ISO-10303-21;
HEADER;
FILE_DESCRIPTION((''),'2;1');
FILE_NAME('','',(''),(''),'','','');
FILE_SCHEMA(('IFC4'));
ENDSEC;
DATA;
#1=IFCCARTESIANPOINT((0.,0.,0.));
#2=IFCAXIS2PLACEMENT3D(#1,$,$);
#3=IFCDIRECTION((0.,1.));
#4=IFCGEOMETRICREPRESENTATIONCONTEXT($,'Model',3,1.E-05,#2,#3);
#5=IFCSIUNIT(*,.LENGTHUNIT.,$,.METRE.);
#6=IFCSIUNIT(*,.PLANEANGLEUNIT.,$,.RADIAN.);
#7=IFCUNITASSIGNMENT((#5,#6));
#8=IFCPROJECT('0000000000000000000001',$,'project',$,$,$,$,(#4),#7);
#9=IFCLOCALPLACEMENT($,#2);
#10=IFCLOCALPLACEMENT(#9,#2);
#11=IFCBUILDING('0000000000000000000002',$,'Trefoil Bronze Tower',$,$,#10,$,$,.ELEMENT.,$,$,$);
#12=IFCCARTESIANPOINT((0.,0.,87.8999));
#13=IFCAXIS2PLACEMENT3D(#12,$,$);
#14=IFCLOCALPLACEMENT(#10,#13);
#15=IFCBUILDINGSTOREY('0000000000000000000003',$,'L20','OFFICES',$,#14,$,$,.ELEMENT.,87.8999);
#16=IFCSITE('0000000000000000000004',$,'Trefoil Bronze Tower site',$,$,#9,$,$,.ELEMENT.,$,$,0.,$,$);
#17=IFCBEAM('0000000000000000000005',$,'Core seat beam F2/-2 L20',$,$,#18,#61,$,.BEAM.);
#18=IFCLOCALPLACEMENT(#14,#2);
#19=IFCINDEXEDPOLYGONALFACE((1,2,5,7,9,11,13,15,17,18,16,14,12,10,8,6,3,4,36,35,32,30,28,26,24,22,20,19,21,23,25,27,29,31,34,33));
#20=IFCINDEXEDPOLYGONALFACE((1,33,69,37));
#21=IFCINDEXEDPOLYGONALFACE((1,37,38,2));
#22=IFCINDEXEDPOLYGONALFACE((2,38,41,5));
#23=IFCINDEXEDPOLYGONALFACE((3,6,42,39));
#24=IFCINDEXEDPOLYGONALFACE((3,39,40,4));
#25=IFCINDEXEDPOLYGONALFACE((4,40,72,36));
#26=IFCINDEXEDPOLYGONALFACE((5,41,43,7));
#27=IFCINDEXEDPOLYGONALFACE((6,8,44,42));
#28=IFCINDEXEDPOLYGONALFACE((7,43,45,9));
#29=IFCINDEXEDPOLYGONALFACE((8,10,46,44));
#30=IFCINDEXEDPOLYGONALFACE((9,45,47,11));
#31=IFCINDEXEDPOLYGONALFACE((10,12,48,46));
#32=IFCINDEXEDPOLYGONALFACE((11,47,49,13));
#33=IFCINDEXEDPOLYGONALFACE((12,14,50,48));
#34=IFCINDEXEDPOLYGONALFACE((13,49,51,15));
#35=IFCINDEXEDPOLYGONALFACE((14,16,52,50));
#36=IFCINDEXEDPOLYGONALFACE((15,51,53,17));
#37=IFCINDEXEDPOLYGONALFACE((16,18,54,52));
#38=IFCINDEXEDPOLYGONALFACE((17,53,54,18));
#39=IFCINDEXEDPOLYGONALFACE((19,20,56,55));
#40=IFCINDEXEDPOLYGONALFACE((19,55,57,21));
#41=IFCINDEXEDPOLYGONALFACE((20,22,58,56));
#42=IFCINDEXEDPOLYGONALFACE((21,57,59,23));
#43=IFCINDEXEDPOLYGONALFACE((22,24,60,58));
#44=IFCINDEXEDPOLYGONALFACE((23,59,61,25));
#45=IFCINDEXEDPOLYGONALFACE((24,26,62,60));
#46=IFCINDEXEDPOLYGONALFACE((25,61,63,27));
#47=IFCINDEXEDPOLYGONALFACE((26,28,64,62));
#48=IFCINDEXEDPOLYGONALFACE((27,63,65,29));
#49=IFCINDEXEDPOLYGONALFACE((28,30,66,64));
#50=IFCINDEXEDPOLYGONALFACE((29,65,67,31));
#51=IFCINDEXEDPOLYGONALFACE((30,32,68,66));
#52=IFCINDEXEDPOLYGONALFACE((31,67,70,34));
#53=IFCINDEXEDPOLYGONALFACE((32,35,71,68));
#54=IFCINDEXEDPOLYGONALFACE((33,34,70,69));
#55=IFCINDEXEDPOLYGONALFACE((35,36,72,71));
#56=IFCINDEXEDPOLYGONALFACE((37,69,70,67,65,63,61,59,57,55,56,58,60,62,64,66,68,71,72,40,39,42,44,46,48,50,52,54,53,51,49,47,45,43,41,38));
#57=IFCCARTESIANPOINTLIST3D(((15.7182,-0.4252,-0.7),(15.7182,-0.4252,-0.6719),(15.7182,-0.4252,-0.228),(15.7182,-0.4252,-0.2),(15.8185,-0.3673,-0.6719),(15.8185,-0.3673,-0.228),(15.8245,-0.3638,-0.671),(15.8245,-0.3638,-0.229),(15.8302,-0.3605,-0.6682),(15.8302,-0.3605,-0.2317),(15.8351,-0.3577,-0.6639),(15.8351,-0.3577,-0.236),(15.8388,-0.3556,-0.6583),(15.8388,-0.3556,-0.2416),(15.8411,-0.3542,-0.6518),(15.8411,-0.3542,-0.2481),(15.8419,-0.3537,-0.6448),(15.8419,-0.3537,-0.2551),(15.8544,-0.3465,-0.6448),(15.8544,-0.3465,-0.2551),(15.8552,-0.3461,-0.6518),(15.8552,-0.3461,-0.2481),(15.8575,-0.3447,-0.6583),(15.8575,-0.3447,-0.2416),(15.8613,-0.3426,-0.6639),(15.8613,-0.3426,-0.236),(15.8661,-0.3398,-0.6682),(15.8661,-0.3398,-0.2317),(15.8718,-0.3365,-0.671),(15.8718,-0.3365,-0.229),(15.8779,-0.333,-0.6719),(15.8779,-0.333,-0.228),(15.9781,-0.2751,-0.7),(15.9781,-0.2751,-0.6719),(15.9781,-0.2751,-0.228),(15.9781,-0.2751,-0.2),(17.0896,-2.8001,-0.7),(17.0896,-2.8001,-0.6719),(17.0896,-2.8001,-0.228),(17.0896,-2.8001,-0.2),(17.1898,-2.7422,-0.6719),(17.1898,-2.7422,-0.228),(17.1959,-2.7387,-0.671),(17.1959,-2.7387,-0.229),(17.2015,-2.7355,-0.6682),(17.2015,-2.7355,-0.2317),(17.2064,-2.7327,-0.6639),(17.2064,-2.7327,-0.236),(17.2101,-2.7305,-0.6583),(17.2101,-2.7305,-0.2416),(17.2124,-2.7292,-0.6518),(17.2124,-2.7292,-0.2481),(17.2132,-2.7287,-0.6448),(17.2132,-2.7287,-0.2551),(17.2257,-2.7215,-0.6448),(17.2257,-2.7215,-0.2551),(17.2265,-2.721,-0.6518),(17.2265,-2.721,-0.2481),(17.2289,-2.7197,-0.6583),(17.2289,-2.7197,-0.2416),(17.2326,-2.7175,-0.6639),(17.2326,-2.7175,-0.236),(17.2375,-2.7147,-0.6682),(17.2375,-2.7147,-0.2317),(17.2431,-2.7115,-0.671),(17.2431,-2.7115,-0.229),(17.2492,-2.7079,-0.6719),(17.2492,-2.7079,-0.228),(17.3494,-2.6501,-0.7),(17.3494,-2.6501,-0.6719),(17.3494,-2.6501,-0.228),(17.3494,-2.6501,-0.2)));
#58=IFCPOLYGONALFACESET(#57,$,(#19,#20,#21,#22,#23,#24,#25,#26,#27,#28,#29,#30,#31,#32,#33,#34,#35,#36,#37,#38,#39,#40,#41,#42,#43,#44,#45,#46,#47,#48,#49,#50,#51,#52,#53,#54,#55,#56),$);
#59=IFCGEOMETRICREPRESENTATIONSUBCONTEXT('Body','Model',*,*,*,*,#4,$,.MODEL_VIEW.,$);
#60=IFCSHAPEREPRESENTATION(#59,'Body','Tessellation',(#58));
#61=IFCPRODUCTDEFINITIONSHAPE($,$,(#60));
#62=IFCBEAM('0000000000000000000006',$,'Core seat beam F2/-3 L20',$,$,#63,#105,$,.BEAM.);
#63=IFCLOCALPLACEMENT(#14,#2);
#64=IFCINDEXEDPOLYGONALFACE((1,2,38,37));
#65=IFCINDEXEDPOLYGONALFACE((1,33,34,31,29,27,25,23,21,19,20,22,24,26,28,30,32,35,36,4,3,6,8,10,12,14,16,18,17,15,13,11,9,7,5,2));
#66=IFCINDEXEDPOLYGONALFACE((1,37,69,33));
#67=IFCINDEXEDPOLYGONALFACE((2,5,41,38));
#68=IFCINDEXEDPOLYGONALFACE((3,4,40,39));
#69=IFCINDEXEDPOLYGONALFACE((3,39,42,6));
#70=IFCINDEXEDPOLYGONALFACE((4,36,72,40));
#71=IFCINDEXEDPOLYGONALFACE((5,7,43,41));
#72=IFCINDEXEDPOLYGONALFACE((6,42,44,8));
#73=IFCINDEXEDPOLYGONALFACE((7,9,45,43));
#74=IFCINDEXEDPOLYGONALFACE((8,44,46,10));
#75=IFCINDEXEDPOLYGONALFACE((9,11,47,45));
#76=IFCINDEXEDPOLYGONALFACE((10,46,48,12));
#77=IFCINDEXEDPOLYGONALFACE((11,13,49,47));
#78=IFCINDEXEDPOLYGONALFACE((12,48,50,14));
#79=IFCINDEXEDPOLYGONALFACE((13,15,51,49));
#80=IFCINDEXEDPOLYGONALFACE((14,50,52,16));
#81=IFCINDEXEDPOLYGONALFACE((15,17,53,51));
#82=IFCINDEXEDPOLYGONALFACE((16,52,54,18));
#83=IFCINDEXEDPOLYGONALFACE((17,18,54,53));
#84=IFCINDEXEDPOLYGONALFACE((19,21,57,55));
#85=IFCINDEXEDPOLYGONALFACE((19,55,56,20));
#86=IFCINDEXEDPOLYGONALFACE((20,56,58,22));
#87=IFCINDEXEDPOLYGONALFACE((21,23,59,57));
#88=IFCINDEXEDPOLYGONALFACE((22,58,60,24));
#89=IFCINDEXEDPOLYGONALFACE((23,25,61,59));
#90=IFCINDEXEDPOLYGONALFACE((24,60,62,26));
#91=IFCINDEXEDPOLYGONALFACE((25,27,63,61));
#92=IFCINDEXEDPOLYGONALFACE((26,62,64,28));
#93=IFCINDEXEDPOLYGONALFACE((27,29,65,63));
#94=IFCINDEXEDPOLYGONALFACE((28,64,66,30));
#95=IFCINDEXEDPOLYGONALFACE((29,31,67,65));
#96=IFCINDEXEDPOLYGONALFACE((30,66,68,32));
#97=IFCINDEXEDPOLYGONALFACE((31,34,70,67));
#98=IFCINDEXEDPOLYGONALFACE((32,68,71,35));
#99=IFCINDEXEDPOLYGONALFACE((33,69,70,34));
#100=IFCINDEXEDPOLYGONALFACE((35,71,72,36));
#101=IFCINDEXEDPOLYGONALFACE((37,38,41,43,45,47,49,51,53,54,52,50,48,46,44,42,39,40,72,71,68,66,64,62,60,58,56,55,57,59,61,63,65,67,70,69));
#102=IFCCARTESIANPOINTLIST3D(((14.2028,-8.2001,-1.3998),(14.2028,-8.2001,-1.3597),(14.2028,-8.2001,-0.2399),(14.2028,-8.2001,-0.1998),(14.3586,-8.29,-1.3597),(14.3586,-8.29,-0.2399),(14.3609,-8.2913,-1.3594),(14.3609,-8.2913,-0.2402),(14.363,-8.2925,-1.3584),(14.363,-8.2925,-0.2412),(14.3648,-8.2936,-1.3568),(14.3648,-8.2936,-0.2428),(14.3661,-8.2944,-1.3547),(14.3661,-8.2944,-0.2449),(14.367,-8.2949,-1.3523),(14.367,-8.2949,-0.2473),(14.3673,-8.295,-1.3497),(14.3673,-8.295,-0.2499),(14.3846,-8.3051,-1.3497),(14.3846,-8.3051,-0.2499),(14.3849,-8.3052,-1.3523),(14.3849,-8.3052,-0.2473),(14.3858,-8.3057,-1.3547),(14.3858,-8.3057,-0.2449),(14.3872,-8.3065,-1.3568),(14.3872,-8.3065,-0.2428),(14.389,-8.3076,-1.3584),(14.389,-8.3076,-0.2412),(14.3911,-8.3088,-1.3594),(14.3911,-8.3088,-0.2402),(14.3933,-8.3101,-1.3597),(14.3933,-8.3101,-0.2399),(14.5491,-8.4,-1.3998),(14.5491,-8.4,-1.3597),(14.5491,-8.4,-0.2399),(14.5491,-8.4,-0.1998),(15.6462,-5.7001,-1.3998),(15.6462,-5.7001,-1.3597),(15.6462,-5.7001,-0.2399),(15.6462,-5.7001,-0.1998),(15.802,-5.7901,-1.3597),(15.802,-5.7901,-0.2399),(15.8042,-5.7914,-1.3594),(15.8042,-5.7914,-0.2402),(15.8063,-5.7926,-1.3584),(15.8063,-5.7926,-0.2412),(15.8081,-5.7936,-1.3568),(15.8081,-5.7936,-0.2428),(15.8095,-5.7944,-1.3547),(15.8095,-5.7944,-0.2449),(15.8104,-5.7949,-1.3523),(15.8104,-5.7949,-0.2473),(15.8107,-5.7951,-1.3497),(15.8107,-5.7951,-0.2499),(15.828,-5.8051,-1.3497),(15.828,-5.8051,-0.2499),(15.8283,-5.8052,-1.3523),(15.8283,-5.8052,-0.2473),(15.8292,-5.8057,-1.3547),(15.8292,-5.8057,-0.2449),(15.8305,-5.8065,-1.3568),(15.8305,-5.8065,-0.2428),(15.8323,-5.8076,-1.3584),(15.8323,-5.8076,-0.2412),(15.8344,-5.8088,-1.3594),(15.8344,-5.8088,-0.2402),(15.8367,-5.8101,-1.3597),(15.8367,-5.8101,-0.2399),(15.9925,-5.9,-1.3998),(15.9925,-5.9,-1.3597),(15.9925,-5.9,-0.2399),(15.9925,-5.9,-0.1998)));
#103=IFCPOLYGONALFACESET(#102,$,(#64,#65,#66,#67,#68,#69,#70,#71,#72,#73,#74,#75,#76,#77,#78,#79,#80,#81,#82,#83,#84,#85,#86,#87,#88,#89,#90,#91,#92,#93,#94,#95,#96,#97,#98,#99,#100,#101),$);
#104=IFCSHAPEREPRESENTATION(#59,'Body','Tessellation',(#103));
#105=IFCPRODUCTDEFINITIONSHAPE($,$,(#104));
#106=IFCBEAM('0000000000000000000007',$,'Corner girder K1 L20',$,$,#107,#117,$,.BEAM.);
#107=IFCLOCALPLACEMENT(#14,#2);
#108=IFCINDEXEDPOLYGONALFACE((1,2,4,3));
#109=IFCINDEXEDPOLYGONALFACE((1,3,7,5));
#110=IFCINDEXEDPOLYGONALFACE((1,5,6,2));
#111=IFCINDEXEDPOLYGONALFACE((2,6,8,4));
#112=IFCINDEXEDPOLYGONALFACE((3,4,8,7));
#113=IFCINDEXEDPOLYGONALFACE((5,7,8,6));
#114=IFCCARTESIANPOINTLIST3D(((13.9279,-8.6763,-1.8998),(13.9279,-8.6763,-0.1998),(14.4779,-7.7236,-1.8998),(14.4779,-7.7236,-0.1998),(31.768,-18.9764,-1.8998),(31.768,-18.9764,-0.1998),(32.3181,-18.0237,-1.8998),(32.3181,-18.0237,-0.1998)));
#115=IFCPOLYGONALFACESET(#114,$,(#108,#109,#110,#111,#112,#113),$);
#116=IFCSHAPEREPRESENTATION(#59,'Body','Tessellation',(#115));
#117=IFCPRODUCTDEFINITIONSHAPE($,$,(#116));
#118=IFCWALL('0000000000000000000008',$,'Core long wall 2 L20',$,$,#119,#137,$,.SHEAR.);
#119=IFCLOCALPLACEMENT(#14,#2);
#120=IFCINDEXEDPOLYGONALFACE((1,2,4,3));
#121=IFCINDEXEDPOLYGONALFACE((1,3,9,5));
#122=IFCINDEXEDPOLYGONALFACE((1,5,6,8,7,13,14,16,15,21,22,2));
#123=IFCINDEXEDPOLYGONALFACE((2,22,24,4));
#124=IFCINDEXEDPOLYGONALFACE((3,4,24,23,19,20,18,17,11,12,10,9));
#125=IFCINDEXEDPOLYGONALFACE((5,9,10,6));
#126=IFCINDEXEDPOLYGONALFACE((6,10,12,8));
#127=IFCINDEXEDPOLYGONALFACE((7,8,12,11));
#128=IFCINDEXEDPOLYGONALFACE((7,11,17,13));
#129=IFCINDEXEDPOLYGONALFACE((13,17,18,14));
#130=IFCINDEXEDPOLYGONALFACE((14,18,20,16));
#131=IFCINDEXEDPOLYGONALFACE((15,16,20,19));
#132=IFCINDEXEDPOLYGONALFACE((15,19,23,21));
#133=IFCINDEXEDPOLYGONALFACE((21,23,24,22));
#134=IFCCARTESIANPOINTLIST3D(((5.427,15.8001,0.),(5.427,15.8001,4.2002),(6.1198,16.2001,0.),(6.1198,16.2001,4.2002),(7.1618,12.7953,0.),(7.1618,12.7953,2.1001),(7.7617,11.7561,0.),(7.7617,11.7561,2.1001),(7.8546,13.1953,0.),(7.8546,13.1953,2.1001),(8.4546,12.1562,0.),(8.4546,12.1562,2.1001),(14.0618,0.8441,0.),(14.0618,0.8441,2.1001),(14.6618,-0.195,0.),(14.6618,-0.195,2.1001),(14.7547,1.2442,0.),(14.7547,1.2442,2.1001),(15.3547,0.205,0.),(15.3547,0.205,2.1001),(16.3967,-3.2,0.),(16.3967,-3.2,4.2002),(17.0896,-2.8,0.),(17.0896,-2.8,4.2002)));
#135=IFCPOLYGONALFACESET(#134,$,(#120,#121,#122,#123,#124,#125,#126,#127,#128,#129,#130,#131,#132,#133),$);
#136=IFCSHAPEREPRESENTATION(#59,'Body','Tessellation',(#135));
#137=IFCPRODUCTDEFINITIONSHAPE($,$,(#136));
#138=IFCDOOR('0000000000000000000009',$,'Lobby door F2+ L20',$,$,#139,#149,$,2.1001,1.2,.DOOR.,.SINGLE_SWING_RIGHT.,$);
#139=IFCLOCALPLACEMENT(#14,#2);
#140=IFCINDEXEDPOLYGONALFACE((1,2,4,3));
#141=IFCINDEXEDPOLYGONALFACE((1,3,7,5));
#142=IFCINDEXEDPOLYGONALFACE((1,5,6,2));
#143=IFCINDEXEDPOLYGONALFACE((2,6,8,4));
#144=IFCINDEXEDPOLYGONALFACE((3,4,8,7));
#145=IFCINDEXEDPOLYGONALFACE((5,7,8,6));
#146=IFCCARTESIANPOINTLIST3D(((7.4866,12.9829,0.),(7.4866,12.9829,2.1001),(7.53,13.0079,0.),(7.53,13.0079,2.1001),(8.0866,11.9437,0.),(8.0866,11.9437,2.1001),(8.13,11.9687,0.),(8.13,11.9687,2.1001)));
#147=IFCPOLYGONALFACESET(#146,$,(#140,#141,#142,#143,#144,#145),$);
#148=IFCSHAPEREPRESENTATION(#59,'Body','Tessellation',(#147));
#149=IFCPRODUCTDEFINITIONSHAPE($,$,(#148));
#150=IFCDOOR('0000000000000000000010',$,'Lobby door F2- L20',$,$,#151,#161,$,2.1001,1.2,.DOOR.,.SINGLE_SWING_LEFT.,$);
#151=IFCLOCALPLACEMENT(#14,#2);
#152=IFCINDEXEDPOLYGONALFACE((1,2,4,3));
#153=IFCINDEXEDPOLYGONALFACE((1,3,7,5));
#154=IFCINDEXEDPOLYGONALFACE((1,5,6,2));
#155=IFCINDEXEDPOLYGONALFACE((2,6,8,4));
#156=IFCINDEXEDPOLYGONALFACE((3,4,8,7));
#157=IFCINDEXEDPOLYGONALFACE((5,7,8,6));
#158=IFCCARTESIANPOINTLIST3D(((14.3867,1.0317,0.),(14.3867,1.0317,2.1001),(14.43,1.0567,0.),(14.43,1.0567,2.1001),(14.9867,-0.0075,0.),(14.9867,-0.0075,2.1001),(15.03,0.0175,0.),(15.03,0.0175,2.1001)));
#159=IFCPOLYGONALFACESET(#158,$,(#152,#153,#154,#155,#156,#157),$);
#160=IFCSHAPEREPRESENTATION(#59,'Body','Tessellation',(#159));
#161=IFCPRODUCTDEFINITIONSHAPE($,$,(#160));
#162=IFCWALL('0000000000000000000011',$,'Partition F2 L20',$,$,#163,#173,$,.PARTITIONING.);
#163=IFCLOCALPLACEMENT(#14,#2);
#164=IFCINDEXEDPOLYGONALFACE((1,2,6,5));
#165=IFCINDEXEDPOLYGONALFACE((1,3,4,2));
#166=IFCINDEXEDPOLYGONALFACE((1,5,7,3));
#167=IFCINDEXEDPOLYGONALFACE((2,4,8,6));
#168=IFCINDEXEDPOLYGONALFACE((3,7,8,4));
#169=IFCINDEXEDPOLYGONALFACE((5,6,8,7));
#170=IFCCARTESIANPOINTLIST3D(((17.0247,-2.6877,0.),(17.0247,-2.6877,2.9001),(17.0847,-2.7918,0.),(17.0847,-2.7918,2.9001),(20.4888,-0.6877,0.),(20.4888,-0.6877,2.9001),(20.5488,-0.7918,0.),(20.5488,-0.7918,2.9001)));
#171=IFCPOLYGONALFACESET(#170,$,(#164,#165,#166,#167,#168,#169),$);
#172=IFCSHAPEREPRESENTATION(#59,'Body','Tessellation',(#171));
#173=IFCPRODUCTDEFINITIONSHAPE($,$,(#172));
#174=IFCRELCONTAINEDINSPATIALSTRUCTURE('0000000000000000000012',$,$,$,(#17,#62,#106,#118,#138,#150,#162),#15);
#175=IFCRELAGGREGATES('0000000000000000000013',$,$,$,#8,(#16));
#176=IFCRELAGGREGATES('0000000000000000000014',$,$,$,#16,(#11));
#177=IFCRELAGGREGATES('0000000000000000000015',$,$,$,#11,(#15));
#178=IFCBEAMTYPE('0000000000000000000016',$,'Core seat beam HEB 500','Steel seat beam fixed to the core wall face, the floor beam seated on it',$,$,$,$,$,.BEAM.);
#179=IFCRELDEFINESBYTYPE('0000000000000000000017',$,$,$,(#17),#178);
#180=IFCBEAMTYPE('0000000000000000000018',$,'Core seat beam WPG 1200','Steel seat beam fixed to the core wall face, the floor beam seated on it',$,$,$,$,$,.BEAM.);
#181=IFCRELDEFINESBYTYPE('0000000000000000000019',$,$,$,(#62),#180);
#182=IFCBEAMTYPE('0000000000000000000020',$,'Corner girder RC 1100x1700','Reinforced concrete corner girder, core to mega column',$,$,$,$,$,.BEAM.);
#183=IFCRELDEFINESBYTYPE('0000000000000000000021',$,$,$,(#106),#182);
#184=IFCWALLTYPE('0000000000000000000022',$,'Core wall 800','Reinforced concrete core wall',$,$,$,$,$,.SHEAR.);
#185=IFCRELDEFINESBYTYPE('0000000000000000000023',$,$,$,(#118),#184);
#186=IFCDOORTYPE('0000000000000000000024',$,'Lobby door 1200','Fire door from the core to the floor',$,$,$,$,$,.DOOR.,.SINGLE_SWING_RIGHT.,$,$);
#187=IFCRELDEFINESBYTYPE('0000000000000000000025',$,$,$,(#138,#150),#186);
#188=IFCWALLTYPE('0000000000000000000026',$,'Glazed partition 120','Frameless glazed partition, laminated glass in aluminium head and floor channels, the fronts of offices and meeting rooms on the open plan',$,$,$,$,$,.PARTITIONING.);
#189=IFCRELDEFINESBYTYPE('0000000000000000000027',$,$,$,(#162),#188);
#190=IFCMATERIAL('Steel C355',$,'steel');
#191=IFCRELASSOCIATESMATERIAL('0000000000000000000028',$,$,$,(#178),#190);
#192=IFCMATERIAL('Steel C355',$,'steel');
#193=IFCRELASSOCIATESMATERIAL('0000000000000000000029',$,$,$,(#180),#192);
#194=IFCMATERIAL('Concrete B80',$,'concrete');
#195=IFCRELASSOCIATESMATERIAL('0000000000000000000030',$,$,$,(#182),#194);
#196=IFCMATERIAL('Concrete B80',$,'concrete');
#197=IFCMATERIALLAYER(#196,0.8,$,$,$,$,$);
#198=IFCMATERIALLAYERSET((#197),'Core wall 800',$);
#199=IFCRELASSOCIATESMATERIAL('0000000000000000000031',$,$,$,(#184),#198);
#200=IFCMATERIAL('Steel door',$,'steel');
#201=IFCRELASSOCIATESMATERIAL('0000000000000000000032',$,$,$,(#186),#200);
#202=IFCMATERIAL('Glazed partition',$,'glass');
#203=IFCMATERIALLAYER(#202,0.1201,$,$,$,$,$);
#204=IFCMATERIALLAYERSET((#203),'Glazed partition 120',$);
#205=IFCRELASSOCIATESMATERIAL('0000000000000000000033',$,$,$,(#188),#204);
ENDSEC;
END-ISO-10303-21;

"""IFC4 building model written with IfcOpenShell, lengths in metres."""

from ifc_helpers import new_model, si_unit, direction, frame, frame_2d, origin, origin_2d, place, context, subcontext, project, spatial, rectangle, i_section, extrude, material, layer, layer_set, material_profile, profile_set, type_object, element, fill, save


model = new_model("IFC4")

# Units and contexts
model_context = context("Model", 3, precision=1e-05, world=origin(), true_north=direction((0.0, 1.0)))
body_context = subcontext(model_context, "Body", "Model", "MODEL_VIEW")
ifc_project = project(units=[si_unit("LENGTHUNIT", "METRE"), si_unit("PLANEANGLEUNIT", "RADIAN")], contexts=[model_context])

# Site, building, storey
site_placement = place(None, origin())
site = spatial("IfcSite", under=ifc_project, at=site_placement, Name="Trefoil Bronze Tower site", CompositionType="ELEMENT", RefElevation=0.0)
building_placement = place(site_placement, origin())
building = spatial("IfcBuilding", under=site, at=building_placement, Name="Trefoil Bronze Tower", CompositionType="ELEMENT")
storey_placement = place(building_placement, frame((0.0, 0.0, 87.8999)))
storey = spatial("IfcBuildingStorey", under=building, at=storey_placement, Name="L20", Description="OFFICES", CompositionType="ELEMENT", Elevation=87.8999)

# Beams
ifc_material_1 = material(Name="Steel C355", Category="steel")
ifc_material_profile_1 = material_profile(ifc_material_1, i_section(OverallWidth=0.3, OverallDepth=0.5, WebThickness=0.0144, FlangeThickness=0.0281, FilletRadius=0.0271, at=origin_2d()), Name="HEB 500")
ifc_profile_set_1 = profile_set([ifc_material_profile_1], Name="Steel C355")
beam_type_1 = type_object("IfcBeamType", Name="Core seat beam HEB 500", Description="Steel seat beam fixed to the core wall face, the floor beam seated on it", PredefinedType="BEAM", material=ifc_profile_set_1)
beam_1_placement = place(storey_placement, frame((17.2195, -2.7251, -0.45), z_axis=(-0.500036, 0.866005, 0.0), x_axis=(-0.866005, -0.500036, 0.0)))
element("IfcBeam", 1, at=beam_1_placement, inside=storey, type_object=beam_type_1, Name="Core seat beam F2/-2 L20", PredefinedType="BEAM", context=body_context, shape_type="SweptSolid", body=[
    extrude(i_section(OverallWidth=0.3, OverallDepth=0.5, WebThickness=0.0144, FlangeThickness=0.0281, FilletRadius=0.0271, at=origin_2d()), origin(), (0.0, 0.0, 1.0), 2.7424),
])
ifc_material_2 = material(Name="Steel C355", Category="steel")
ifc_material_profile_2 = material_profile(ifc_material_2, i_section(OverallWidth=0.3999, OverallDepth=1.2, WebThickness=0.02, FlangeThickness=0.04, FilletRadius=0.01, at=origin_2d()), Name="WPG 1200")
ifc_profile_set_2 = profile_set([ifc_material_profile_2], Name="Steel C355")
beam_type_2 = type_object("IfcBeamType", Name="Core seat beam WPG 1200", Description="Steel seat beam fixed to the core wall face, the floor beam seated on it", PredefinedType="BEAM", material=ifc_profile_set_2)
beam_2_placement = place(storey_placement, frame((14.376, -8.3, -0.7998), z_axis=(0.499996, 0.866028, 0.0), x_axis=(-0.866028, 0.499996, 0.0)))
element("IfcBeam", 2, at=beam_2_placement, inside=storey, type_object=beam_type_2, Name="Core seat beam F2/-3 L20", PredefinedType="BEAM", context=body_context, shape_type="SweptSolid", body=[
    extrude(i_section(OverallWidth=0.3999, OverallDepth=1.2, WebThickness=0.02, FlangeThickness=0.04, FilletRadius=0.01, at=origin_2d()), origin(), (0.0, 0.0, 1.0), 2.8867),
])
ifc_material_3 = material(Name="Concrete B80", Category="concrete")
ifc_material_profile_3 = material_profile(ifc_material_3, rectangle(XDim=1.1001, YDim=1.7, at=origin_2d()), Name="RC 1100x1700")
ifc_profile_set_3 = profile_set([ifc_material_profile_3], Name="Concrete B80")
beam_type_3 = type_object("IfcBeamType", Name="Corner girder RC 1100x1700", Description="Reinforced concrete corner girder, core to mega column", PredefinedType="BEAM", material=ifc_profile_set_3)
beam_3_placement = place(storey_placement, frame((14.2029, -8.2, -1.0498), z_axis=(0.866024, -0.500003, 0.0), x_axis=(0.500003, 0.866024, 0.0)))
element("IfcBeam", 3, at=beam_3_placement, inside=storey, type_object=beam_type_3, Name="Corner girder K1 L20", PredefinedType="BEAM", context=body_context, shape_type="SweptSolid", body=[
    extrude(rectangle(XDim=1.1001, YDim=1.7, at=origin_2d()), origin(), (0.0, 0.0, 1.0), 20.6001),
])

# Wall, openings, doors
ifc_material_4 = material(Name="Concrete B80", Category="concrete")
ifc_layer_1 = layer(ifc_material_4, 0.8)
ifc_layer_set_1 = layer_set([ifc_layer_1], Name="Core wall 800")
wall_type_1 = type_object("IfcWallType", Name="Core wall 800", Description="Reinforced concrete core wall", PredefinedType="SHEAR", material=ifc_layer_set_1)
wall_1_placement = place(storey_placement, frame((16.7432, -3.0, 0.0), z_axis=(0.0, 0.0, 1.0), x_axis=(-0.500002, 0.866024, 0.0)))
wall_1 = element("IfcWall", 4, at=wall_1_placement, inside=storey, type_object=wall_type_1, Name="Core long wall 2 L20", PredefinedType="SHEAR", context=body_context, shape_type="SweptSolid", body=[
    extrude(rectangle(XDim=21.9395, YDim=0.8, at=frame_2d((10.9697, 0.0))), origin(), (0.0, 0.0, 1.0), 4.2002),
])
opening_1_placement = place(wall_1_placement, frame((17.2698, 0.0, 0.0)))
opening_1 = element("IfcOpeningElement", 5, at=opening_1_placement, cuts=wall_1, PredefinedType="OPENING", context=body_context, shape_type="SweptSolid", body=[
    extrude(rectangle(XDim=1.2, YDim=2.1001, at=frame_2d((0.6001, 1.05))), frame((0.0, 0.4099, 0.0), z_axis=(0.0, -1.0, 0.0), x_axis=(1.0, 0.0, 0.0)), (0.0, 0.0, 1.0), 0.8201),
])
opening_2_placement = place(wall_1_placement, frame((3.4697, 0.0, 0.0)))
opening_2 = element("IfcOpeningElement", 6, at=opening_2_placement, cuts=wall_1, PredefinedType="OPENING", context=body_context, shape_type="SweptSolid", body=[
    extrude(rectangle(XDim=1.2, YDim=2.1001, at=frame_2d((0.6001, 1.05))), frame((0.0, 0.4099, 0.0), z_axis=(0.0, -1.0, 0.0), x_axis=(1.0, 0.0, 0.0)), (0.0, 0.0, 1.0), 0.8201),
])
ifc_material_5 = material(Name="Steel door", Category="steel")
door_type_1 = type_object("IfcDoorType", Name="Lobby door 1200", Description="Fire door from the core to the floor", OperationType="SINGLE_SWING_RIGHT", PredefinedType="DOOR", material=ifc_material_5)
door_1_placement = place(opening_1_placement, origin())
door_1 = element("IfcDoor", 7, at=door_1_placement, inside=storey, type_object=door_type_1, Name="Lobby door F2+ L20", OperationType="SINGLE_SWING_RIGHT", OverallHeight=2.1001, OverallWidth=1.2, PredefinedType="DOOR", context=body_context, shape_type="SweptSolid", body=[
    extrude(rectangle(XDim=1.2, YDim=2.1001, at=frame_2d((0.6001, 1.05))), frame((0.0, 0.0249, 0.0), z_axis=(0.0, -1.0, 0.0), x_axis=(1.0, 0.0, 0.0)), (0.0, 0.0, 1.0), 0.05),
])
fill(opening_1, door_1)
door_2_placement = place(opening_2_placement, origin())
door_2 = element("IfcDoor", 8, at=door_2_placement, inside=storey, type_object=door_type_1, Name="Lobby door F2- L20", OperationType="SINGLE_SWING_LEFT", OverallHeight=2.1001, OverallWidth=1.2, PredefinedType="DOOR", context=body_context, shape_type="SweptSolid", body=[
    extrude(rectangle(XDim=1.2, YDim=2.1001, at=frame_2d((0.6001, 1.05))), frame((0.0, 0.0249, 0.0), z_axis=(0.0, -1.0, 0.0), x_axis=(1.0, 0.0, 0.0)), (0.0, 0.0, 1.0), 0.05),
])
fill(opening_2, door_2)

# Wall
ifc_material_6 = material(Name="Glazed partition", Category="glass")
ifc_layer_2 = layer(ifc_material_6, 0.1201)
ifc_layer_set_2 = layer_set([ifc_layer_2], Name="Glazed partition 120")
wall_type_2 = type_object("IfcWallType", Name="Glazed partition 120", Description="Frameless glazed partition, laminated glass in aluminium head and floor channels, the fronts of offices and meeting rooms on the open plan", PredefinedType="PARTITIONING", material=ifc_layer_set_2)
for number, where, z_axis, x_axis, name in (
    (9, (17.0547, -2.7397, 0.0), (0.0, 0.0, 1.0), (0.866026, 0.499999, 0.0), "Partition F2 L20"),
):
    element("IfcWall", number, at=place(storey_placement, frame(where, z_axis=z_axis, x_axis=x_axis)), inside=storey, type_object=wall_type_2, Name=name, PredefinedType="PARTITIONING", context=body_context, shape_type="SweptSolid", body=[
        extrude(rectangle(XDim=4.0, YDim=0.1201, at=frame_2d((2.0, 0.0))), origin(), (0.0, 0.0, 1.0), 2.9001),
    ])

save(model, "model.ifc")
